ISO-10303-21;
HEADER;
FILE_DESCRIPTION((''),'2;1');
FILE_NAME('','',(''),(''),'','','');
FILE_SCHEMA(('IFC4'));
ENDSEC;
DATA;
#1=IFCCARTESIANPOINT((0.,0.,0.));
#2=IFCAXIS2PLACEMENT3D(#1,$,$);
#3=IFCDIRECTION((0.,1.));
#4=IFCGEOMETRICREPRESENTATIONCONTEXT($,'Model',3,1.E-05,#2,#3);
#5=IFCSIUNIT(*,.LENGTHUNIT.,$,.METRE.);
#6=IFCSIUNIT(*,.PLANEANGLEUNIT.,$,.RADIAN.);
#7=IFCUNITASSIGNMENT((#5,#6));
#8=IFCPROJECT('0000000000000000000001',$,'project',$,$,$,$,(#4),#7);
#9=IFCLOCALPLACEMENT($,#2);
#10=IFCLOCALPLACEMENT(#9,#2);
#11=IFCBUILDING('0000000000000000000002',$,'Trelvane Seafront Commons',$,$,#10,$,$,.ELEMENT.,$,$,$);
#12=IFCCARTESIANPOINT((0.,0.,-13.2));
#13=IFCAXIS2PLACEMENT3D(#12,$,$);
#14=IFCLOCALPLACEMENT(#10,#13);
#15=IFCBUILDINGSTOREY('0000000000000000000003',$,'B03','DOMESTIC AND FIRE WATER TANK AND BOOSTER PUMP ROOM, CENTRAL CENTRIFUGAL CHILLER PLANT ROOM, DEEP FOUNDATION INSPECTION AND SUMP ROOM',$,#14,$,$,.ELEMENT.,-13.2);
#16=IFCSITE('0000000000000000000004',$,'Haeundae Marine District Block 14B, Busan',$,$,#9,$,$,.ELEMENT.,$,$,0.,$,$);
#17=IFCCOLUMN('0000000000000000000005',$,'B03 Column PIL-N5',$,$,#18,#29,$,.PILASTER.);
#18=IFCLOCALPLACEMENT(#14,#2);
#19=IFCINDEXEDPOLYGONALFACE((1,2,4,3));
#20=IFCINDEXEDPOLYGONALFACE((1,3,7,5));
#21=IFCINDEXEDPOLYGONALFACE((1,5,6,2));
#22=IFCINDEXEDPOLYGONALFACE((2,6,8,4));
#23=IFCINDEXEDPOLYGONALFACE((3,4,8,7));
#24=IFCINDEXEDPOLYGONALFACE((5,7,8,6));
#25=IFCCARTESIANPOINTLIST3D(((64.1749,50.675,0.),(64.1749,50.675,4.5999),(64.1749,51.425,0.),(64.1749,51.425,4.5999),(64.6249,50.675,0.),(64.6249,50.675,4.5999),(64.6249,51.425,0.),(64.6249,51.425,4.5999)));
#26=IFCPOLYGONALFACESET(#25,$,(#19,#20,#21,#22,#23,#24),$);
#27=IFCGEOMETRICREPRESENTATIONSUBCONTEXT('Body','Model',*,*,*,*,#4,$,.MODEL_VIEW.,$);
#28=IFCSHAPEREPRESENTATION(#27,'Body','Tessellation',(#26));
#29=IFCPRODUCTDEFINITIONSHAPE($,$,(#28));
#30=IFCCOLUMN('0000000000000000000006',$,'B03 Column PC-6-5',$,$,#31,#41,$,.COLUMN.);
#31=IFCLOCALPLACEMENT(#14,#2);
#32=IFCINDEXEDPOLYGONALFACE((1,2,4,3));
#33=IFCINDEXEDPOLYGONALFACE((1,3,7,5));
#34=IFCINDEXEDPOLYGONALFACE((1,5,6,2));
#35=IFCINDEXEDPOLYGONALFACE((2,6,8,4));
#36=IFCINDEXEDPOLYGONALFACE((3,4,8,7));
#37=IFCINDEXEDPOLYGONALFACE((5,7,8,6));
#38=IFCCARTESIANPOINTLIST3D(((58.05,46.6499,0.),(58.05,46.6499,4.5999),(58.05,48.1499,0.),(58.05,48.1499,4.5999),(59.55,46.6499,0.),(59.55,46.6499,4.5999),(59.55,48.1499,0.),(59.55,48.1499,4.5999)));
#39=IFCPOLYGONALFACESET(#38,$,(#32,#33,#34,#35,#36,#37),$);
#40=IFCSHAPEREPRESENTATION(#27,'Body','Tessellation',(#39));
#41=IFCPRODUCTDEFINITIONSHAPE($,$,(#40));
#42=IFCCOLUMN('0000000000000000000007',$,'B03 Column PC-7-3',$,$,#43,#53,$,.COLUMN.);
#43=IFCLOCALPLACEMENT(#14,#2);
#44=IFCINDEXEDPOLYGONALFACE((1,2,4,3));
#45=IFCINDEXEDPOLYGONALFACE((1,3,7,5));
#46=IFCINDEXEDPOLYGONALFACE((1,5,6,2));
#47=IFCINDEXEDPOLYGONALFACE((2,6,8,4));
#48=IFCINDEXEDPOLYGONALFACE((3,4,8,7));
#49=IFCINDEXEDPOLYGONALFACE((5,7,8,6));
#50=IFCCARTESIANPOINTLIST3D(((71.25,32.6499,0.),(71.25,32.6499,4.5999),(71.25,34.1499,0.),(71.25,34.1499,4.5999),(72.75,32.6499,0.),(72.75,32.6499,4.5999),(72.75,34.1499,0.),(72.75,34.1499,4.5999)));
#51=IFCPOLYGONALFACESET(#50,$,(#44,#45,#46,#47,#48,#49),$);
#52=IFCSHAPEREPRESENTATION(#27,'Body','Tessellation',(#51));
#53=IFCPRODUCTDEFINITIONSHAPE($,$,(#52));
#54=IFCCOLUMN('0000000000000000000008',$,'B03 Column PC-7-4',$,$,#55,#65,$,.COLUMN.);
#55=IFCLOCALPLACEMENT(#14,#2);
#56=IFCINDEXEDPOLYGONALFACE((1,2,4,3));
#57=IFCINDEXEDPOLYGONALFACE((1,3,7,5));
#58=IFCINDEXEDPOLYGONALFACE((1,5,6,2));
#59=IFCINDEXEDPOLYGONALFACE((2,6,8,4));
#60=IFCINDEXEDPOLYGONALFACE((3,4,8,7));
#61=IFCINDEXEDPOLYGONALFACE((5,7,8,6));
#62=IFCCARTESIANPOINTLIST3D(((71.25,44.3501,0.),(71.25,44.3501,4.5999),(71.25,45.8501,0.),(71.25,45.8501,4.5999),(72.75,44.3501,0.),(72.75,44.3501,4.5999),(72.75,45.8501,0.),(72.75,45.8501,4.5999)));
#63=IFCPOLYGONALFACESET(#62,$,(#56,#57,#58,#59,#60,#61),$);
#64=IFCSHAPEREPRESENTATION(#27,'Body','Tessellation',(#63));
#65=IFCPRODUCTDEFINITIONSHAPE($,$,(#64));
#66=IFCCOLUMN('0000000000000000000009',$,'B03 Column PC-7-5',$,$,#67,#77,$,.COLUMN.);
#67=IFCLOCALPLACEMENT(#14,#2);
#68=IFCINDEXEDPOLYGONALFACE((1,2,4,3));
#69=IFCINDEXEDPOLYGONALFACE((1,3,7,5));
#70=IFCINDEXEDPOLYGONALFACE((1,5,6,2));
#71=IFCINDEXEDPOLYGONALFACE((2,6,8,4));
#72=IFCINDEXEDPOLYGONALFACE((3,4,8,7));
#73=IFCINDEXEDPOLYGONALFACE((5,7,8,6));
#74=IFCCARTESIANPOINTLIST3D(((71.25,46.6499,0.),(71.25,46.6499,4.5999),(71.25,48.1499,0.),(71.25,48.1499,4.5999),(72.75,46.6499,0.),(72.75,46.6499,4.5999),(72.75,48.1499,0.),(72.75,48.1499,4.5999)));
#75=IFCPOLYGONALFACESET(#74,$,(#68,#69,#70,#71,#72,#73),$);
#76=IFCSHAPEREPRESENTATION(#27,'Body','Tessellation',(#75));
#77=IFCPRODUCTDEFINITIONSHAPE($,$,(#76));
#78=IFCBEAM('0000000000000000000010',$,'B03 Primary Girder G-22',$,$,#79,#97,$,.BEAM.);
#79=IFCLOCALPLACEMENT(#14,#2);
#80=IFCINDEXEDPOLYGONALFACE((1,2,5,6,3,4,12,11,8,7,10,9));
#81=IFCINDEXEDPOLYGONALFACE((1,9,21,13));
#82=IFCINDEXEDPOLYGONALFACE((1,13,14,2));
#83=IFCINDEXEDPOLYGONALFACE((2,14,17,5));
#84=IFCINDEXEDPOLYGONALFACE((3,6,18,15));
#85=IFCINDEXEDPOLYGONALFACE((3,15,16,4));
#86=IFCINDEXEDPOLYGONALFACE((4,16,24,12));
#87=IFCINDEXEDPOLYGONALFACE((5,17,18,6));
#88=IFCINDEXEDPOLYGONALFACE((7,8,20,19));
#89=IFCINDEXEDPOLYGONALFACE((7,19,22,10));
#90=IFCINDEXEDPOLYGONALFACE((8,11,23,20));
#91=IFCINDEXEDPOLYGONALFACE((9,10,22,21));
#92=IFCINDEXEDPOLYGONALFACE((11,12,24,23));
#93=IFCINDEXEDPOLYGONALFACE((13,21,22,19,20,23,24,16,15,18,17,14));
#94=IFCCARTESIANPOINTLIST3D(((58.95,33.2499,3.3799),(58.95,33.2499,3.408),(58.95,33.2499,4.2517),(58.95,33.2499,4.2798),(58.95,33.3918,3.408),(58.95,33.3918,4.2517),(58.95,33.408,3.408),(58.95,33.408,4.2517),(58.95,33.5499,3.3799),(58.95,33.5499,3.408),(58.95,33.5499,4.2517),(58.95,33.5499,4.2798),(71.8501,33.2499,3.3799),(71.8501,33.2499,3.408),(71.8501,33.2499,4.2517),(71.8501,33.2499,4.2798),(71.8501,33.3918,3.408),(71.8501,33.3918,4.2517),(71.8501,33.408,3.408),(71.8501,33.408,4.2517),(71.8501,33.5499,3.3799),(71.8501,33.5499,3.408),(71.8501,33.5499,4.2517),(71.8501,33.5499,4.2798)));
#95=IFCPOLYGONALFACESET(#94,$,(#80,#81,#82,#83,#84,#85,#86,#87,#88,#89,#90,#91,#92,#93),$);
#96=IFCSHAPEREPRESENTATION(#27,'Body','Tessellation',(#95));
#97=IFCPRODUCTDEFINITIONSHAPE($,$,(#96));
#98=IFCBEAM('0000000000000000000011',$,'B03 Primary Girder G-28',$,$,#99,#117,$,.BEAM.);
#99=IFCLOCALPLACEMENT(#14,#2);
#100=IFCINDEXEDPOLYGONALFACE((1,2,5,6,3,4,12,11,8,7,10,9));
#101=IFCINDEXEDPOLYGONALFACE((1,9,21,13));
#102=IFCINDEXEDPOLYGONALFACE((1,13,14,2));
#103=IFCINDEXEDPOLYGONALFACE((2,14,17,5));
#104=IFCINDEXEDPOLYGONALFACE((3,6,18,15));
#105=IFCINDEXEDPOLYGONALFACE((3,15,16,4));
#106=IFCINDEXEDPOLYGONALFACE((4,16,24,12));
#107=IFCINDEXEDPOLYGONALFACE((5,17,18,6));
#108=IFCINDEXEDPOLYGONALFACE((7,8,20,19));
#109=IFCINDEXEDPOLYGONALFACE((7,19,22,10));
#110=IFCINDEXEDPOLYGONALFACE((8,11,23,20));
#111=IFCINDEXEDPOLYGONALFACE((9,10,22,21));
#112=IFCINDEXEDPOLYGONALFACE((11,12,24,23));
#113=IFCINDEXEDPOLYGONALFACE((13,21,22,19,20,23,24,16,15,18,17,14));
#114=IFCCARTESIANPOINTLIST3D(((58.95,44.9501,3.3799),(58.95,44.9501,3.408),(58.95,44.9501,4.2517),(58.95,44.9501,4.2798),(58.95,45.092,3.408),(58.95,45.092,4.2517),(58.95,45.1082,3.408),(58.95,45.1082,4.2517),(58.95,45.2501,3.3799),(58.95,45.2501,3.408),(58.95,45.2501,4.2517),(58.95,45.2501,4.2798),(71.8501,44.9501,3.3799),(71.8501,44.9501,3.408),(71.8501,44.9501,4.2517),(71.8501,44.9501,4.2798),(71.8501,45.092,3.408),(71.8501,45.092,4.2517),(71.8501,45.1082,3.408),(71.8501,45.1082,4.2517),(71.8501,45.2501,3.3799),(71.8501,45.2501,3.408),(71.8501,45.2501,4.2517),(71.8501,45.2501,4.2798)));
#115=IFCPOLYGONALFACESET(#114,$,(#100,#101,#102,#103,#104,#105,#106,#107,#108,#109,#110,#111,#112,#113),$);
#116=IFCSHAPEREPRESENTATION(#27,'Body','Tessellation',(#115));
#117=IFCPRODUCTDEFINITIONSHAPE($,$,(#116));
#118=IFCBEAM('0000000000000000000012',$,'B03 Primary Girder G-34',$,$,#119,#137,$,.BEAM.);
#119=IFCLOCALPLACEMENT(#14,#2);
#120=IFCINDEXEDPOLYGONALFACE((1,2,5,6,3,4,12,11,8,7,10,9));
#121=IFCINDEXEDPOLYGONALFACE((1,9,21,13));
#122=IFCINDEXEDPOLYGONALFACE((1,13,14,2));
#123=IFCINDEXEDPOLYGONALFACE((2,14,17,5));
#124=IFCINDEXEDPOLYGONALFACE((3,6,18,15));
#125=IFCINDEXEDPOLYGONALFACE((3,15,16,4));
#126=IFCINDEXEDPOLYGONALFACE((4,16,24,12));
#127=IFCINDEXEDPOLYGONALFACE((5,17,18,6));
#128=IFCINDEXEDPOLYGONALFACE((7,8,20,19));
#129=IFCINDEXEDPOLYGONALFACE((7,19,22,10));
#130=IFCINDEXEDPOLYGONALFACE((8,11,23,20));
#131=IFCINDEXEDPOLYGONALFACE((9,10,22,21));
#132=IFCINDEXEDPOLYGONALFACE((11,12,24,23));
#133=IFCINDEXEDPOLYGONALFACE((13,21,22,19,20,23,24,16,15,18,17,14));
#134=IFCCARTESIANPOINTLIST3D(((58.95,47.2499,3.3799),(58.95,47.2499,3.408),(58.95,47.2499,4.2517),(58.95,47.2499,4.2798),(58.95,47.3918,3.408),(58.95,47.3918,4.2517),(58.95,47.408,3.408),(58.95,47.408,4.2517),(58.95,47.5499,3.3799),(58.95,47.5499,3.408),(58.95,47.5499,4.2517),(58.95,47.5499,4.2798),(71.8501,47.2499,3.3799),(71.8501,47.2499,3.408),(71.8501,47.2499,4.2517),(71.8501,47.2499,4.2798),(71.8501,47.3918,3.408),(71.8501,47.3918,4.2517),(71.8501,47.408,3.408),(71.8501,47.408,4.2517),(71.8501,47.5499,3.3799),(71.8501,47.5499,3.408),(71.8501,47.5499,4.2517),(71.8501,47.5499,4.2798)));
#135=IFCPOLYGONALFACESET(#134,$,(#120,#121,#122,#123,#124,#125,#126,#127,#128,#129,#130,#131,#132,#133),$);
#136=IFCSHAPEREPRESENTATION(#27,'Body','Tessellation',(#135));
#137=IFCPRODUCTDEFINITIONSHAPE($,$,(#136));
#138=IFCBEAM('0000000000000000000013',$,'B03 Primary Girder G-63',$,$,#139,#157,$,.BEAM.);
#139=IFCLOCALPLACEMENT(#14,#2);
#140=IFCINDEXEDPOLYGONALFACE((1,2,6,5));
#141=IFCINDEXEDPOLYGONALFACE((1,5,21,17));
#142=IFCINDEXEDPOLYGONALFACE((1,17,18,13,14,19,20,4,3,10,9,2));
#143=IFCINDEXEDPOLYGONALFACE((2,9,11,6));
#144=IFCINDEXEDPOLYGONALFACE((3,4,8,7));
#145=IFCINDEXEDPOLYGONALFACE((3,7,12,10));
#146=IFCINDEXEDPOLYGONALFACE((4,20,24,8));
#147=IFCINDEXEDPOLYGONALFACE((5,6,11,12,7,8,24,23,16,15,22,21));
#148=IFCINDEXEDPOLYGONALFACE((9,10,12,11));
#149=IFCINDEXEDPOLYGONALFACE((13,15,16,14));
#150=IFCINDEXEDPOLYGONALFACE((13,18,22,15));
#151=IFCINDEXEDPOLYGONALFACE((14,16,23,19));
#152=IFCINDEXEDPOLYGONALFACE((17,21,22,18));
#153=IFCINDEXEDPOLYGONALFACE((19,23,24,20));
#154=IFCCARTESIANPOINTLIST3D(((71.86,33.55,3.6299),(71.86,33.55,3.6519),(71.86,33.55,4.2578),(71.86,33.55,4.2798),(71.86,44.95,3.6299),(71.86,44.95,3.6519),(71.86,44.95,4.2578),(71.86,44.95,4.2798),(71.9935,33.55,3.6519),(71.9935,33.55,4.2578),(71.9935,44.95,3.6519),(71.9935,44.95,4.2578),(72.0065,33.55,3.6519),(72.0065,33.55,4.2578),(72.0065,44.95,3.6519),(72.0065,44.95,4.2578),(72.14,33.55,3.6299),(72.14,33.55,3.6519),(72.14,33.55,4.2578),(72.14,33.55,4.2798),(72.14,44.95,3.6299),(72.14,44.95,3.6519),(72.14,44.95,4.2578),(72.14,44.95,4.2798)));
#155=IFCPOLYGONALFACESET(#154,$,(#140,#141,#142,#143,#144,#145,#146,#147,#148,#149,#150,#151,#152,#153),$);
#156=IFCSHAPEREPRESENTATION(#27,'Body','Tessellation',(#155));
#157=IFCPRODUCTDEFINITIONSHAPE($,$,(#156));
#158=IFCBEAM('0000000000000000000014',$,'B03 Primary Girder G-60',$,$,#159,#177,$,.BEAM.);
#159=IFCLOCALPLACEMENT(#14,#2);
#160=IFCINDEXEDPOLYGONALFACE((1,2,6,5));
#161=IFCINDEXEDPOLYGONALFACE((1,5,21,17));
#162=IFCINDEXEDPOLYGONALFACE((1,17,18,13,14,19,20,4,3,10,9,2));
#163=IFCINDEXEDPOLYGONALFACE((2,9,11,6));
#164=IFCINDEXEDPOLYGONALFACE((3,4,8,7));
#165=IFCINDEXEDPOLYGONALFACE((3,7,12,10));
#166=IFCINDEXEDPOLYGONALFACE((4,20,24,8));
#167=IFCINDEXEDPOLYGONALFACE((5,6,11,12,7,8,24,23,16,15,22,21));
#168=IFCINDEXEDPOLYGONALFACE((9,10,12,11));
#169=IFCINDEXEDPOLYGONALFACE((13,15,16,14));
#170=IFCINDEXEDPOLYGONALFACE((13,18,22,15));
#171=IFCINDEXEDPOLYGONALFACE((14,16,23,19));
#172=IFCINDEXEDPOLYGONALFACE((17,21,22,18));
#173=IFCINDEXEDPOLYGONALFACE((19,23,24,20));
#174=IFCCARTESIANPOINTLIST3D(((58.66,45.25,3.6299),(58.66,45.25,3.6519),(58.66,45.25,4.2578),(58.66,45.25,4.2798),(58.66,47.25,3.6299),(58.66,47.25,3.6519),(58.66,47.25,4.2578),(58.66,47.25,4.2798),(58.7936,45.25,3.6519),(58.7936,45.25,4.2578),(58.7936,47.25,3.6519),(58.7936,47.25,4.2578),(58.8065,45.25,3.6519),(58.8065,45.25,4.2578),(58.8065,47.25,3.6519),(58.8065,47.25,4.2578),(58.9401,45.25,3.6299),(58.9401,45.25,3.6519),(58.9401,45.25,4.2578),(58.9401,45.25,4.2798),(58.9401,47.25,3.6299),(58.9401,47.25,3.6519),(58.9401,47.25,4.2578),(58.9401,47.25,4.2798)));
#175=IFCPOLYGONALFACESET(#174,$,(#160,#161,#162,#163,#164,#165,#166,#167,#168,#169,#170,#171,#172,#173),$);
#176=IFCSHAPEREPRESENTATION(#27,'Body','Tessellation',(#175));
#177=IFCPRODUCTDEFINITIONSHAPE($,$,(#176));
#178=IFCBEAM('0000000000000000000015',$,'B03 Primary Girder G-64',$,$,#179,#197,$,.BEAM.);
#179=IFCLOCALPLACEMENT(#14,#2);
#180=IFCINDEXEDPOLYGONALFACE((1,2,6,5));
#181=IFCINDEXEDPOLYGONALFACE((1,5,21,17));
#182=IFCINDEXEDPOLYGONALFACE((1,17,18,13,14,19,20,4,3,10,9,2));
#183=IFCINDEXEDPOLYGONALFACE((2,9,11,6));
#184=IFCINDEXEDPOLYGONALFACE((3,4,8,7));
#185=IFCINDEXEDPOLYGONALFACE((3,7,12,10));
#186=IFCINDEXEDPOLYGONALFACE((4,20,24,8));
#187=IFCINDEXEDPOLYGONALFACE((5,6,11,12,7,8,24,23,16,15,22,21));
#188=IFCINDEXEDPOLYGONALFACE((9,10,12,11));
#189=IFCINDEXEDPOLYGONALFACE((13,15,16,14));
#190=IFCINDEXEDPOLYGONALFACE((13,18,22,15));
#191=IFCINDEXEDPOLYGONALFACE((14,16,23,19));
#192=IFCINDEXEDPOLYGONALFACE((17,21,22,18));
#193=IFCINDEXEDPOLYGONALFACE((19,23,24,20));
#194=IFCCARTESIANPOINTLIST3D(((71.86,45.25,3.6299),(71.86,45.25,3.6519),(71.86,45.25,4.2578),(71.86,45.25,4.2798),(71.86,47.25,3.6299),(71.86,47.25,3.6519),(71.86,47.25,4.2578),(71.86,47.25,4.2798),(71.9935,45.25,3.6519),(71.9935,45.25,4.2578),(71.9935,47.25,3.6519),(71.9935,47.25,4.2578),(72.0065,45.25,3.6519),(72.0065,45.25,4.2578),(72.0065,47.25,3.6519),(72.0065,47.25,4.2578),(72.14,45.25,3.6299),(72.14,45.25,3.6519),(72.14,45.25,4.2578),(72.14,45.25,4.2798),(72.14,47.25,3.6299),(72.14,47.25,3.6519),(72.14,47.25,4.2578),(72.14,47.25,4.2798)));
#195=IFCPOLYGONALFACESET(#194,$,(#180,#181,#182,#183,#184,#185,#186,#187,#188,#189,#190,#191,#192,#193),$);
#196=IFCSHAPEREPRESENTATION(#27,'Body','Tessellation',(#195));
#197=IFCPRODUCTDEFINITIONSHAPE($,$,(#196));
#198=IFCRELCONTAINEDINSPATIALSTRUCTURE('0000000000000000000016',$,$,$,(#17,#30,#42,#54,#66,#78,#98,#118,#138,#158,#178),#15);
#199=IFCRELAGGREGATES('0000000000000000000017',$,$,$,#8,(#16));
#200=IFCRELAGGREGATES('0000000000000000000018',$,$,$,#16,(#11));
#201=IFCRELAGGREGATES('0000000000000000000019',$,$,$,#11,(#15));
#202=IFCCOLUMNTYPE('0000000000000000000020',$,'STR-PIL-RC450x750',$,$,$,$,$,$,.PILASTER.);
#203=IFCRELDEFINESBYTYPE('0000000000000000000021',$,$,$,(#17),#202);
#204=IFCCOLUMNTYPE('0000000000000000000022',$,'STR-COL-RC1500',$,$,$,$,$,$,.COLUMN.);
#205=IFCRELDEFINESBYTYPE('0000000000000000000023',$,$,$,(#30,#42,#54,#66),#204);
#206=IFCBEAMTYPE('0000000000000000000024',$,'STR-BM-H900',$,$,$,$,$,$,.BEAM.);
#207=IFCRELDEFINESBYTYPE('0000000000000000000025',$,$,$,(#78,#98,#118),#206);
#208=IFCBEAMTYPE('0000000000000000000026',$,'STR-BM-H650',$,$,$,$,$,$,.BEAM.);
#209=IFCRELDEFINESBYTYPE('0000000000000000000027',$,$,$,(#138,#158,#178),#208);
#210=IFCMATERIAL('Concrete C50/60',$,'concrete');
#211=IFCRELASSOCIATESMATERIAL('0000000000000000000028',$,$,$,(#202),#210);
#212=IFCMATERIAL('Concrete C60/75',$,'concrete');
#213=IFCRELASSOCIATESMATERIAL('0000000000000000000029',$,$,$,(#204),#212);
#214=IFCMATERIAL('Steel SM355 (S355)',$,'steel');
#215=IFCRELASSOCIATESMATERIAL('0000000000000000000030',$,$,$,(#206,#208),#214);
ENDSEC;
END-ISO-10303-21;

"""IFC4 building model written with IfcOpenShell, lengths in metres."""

from ifc_helpers import new_model, si_unit, direction, frame, origin, origin_2d, place, context, subcontext, project, spatial, rectangle, i_section, extrude, source, transform, mapped, material, material_profile, profile_set, type_object, element, save


model = new_model("IFC4")

# Units and contexts
model_context = context("Model", 3, precision=1e-05, world=origin(), true_north=direction((0.0, 1.0)))
body_context = subcontext(model_context, "Body", "Model", "MODEL_VIEW")
ifc_project = project(units=[si_unit("LENGTHUNIT", "METRE"), si_unit("PLANEANGLEUNIT", "RADIAN")], contexts=[model_context])

# Site, building, storey
site_placement = place(None, origin())
site = spatial("IfcSite", under=ifc_project, at=site_placement, Name="Haeundae Marine District Block 14B, Busan", CompositionType="ELEMENT", RefElevation=0.0)
building_placement = place(site_placement, origin())
building = spatial("IfcBuilding", under=site, at=building_placement, Name="Trelvane Seafront Commons", CompositionType="ELEMENT")
storey_placement = place(building_placement, frame((0.0, 0.0, -13.2)))
storey = spatial("IfcBuildingStorey", under=building, at=storey_placement, Name="B03", Description="DOMESTIC AND FIRE WATER TANK AND BOOSTER PUMP ROOM, CENTRAL CENTRIFUGAL CHILLER PLANT ROOM, DEEP FOUNDATION INSPECTION AND SUMP ROOM", CompositionType="ELEMENT", Elevation=-13.2)

# Shared definitions
ifc_material_1 = material(Name="Concrete C50/60", Category="concrete")

# Columns
ifc_material_profile_1 = material_profile(ifc_material_1, rectangle(XDim=0.45, YDim=0.75, at=origin_2d()), Name="RC-450x750")
ifc_profile_set_1 = profile_set([ifc_material_profile_1], Name="Concrete C50/60")
column_type_1 = type_object("IfcColumnType", Name="STR-PIL-RC450x750", PredefinedType="PILASTER", material=ifc_profile_set_1)
shared_shape_1 = source(origin(), body_context, "Body", "SweptSolid", [
    extrude(rectangle(XDim=0.45, YDim=0.75, at=origin_2d()), origin(), (0.0, 0.0, 1.0), 4.5999),
])
column_placement = place(storey_placement, frame((64.3999, 51.05, 0.0), z_axis=(0.0, 0.0, 1.0), x_axis=(1.0, 0.0, 0.0)))
element("IfcColumn", 1, at=column_placement, inside=storey, type_object=column_type_1, Name="B03 Column PIL-N5", PredefinedType="PILASTER", context=body_context, shape_type="MappedRepresentation", body=[
    mapped(shared_shape_1, transform((0.0, 0.0, 0.0), x_axis=(1.0, 0.0, 0.0), y_axis=(0.0, 1.0, 0.0), z_axis=(0.0, 0.0, 1.0), scale=1.0)),
])
ifc_material_2 = material(Name="Concrete C60/75", Category="concrete")
ifc_material_profile_2 = material_profile(ifc_material_2, rectangle(XDim=1.5, YDim=1.5, at=origin_2d()), Name="RC-1500x1500")
ifc_profile_set_2 = profile_set([ifc_material_profile_2], Name="Concrete C60/75")
column_type_2 = type_object("IfcColumnType", Name="STR-COL-RC1500", PredefinedType="COLUMN", material=ifc_profile_set_2)
shared_shape_2 = source(origin(), body_context, "Body", "SweptSolid", [
    extrude(rectangle(XDim=1.5, YDim=1.5, at=origin_2d()), origin(), (0.0, 0.0, 1.0), 4.5999),
])
for number, where, z_axis, x_axis, name in (
    (2, (58.8, 47.3999, 0.0), (0.0, 0.0, 1.0), (1.0, 0.0, 0.0), "B03 Column PC-6-5"),
    (3, (72.0, 33.3999, 0.0), (0.0, 0.0, 1.0), (1.0, 0.0, 0.0), "B03 Column PC-7-3"),
    (4, (72.0, 45.1001, 0.0), (0.0, 0.0, 1.0), (1.0, 0.0, 0.0), "B03 Column PC-7-4"),
    (5, (72.0, 47.3999, 0.0), (0.0, 0.0, 1.0), (1.0, 0.0, 0.0), "B03 Column PC-7-5"),
):
    element("IfcColumn", number, at=place(storey_placement, frame(where, z_axis=z_axis, x_axis=x_axis)), inside=storey, type_object=column_type_2, Name=name, PredefinedType="COLUMN", context=body_context, shape_type="MappedRepresentation", body=[
        mapped(shared_shape_2, transform((0.0, 0.0, 0.0), x_axis=(1.0, 0.0, 0.0), y_axis=(0.0, 1.0, 0.0), z_axis=(0.0, 0.0, 1.0), scale=1.0)),
    ])

# Beams
ifc_material_3 = material(Name="Steel SM355 (S355)", Category="steel")
ifc_material_profile_3 = material_profile(ifc_material_3, i_section(OverallWidth=0.3, OverallDepth=0.8999, WebThickness=0.0161, FlangeThickness=0.0281, at=origin_2d()), Name="H-900x300x16x28")
ifc_profile_set_3 = profile_set([ifc_material_profile_3], Name="Steel SM355 (S355)")
beam_type_1 = type_object("IfcBeamType", Name="STR-BM-H900", PredefinedType="BEAM", material=ifc_profile_set_3)
shared_shape_3 = source(origin(), body_context, "Body", "SweptSolid", [
    extrude(i_section(OverallWidth=0.3, OverallDepth=0.8999, WebThickness=0.0161, FlangeThickness=0.0281, at=origin_2d()), origin(), (0.0, 0.0, 1.0), 12.9001),
])
for number, where, z_axis, x_axis, name in (
    (6, (58.95, 33.3999, 3.8298), (1.0, 0.0, 0.0), (0.0, 1.0, 0.0), "B03 Primary Girder G-22"),
    (7, (58.95, 45.1001, 3.8298), (1.0, 0.0, 0.0), (0.0, 1.0, 0.0), "B03 Primary Girder G-28"),
    (8, (58.95, 47.3999, 3.8298), (1.0, 0.0, 0.0), (0.0, 1.0, 0.0), "B03 Primary Girder G-34"),
):
    element("IfcBeam", number, at=place(storey_placement, frame(where, z_axis=z_axis, x_axis=x_axis)), inside=storey, type_object=beam_type_1, Name=name, PredefinedType="BEAM", context=body_context, shape_type="MappedRepresentation", body=[
        mapped(shared_shape_3, transform((0.0, 0.0, 0.0), x_axis=(1.0, 0.0, 0.0), y_axis=(0.0, 1.0, 0.0), z_axis=(0.0, 0.0, 1.0), scale=1.0)),
    ])
ifc_material_profile_4 = material_profile(ifc_material_3, i_section(OverallWidth=0.28, OverallDepth=0.6499, WebThickness=0.0129, FlangeThickness=0.022, at=origin_2d()), Name="H-650x280x13x22")
ifc_profile_set_4 = profile_set([ifc_material_profile_4], Name="Steel SM355 (S355)")
beam_type_2 = type_object("IfcBeamType", Name="STR-BM-H650", PredefinedType="BEAM", material=ifc_profile_set_4)
shared_shape_4 = source(origin(), body_context, "Body", "SweptSolid", [
    extrude(i_section(OverallWidth=0.28, OverallDepth=0.6499, WebThickness=0.0129, FlangeThickness=0.022, at=origin_2d()), origin(), (0.0, 0.0, 1.0), 11.3999),
])
beam_placement = place(storey_placement, frame((72.0, 33.55, 3.9548), z_axis=(0.0, 1.0, 0.0), x_axis=(-1.0, 0.0, 0.0)))
element("IfcBeam", 9, at=beam_placement, inside=storey, type_object=beam_type_2, Name="B03 Primary Girder G-63", PredefinedType="BEAM", context=body_context, shape_type="MappedRepresentation", body=[
    mapped(shared_shape_4, transform((0.0, 0.0, 0.0), x_axis=(1.0, 0.0, 0.0), y_axis=(0.0, 1.0, 0.0), z_axis=(0.0, 0.0, 1.0), scale=1.0)),
])
shared_shape_5 = source(origin(), body_context, "Body", "SweptSolid", [
    extrude(i_section(OverallWidth=0.28, OverallDepth=0.6499, WebThickness=0.0129, FlangeThickness=0.022, at=origin_2d()), origin(), (0.0, 0.0, 1.0), 2.0),
])
for number, where, z_axis, x_axis, name in (
    (10, (58.8, 45.25, 3.9548), (0.0, 1.0, 0.0), (-1.0, 0.0, 0.0), "B03 Primary Girder G-60"),
    (11, (72.0, 45.25, 3.9548), (0.0, 1.0, 0.0), (-1.0, 0.0, 0.0), "B03 Primary Girder G-64"),
):
    element("IfcBeam", number, at=place(storey_placement, frame(where, z_axis=z_axis, x_axis=x_axis)), inside=storey, type_object=beam_type_2, Name=name, PredefinedType="BEAM", context=body_context, shape_type="MappedRepresentation", body=[
        mapped(shared_shape_5, transform((0.0, 0.0, 0.0), x_axis=(1.0, 0.0, 0.0), y_axis=(0.0, 1.0, 0.0), z_axis=(0.0, 0.0, 1.0), scale=1.0)),
    ])

save(model, "model.ifc")
